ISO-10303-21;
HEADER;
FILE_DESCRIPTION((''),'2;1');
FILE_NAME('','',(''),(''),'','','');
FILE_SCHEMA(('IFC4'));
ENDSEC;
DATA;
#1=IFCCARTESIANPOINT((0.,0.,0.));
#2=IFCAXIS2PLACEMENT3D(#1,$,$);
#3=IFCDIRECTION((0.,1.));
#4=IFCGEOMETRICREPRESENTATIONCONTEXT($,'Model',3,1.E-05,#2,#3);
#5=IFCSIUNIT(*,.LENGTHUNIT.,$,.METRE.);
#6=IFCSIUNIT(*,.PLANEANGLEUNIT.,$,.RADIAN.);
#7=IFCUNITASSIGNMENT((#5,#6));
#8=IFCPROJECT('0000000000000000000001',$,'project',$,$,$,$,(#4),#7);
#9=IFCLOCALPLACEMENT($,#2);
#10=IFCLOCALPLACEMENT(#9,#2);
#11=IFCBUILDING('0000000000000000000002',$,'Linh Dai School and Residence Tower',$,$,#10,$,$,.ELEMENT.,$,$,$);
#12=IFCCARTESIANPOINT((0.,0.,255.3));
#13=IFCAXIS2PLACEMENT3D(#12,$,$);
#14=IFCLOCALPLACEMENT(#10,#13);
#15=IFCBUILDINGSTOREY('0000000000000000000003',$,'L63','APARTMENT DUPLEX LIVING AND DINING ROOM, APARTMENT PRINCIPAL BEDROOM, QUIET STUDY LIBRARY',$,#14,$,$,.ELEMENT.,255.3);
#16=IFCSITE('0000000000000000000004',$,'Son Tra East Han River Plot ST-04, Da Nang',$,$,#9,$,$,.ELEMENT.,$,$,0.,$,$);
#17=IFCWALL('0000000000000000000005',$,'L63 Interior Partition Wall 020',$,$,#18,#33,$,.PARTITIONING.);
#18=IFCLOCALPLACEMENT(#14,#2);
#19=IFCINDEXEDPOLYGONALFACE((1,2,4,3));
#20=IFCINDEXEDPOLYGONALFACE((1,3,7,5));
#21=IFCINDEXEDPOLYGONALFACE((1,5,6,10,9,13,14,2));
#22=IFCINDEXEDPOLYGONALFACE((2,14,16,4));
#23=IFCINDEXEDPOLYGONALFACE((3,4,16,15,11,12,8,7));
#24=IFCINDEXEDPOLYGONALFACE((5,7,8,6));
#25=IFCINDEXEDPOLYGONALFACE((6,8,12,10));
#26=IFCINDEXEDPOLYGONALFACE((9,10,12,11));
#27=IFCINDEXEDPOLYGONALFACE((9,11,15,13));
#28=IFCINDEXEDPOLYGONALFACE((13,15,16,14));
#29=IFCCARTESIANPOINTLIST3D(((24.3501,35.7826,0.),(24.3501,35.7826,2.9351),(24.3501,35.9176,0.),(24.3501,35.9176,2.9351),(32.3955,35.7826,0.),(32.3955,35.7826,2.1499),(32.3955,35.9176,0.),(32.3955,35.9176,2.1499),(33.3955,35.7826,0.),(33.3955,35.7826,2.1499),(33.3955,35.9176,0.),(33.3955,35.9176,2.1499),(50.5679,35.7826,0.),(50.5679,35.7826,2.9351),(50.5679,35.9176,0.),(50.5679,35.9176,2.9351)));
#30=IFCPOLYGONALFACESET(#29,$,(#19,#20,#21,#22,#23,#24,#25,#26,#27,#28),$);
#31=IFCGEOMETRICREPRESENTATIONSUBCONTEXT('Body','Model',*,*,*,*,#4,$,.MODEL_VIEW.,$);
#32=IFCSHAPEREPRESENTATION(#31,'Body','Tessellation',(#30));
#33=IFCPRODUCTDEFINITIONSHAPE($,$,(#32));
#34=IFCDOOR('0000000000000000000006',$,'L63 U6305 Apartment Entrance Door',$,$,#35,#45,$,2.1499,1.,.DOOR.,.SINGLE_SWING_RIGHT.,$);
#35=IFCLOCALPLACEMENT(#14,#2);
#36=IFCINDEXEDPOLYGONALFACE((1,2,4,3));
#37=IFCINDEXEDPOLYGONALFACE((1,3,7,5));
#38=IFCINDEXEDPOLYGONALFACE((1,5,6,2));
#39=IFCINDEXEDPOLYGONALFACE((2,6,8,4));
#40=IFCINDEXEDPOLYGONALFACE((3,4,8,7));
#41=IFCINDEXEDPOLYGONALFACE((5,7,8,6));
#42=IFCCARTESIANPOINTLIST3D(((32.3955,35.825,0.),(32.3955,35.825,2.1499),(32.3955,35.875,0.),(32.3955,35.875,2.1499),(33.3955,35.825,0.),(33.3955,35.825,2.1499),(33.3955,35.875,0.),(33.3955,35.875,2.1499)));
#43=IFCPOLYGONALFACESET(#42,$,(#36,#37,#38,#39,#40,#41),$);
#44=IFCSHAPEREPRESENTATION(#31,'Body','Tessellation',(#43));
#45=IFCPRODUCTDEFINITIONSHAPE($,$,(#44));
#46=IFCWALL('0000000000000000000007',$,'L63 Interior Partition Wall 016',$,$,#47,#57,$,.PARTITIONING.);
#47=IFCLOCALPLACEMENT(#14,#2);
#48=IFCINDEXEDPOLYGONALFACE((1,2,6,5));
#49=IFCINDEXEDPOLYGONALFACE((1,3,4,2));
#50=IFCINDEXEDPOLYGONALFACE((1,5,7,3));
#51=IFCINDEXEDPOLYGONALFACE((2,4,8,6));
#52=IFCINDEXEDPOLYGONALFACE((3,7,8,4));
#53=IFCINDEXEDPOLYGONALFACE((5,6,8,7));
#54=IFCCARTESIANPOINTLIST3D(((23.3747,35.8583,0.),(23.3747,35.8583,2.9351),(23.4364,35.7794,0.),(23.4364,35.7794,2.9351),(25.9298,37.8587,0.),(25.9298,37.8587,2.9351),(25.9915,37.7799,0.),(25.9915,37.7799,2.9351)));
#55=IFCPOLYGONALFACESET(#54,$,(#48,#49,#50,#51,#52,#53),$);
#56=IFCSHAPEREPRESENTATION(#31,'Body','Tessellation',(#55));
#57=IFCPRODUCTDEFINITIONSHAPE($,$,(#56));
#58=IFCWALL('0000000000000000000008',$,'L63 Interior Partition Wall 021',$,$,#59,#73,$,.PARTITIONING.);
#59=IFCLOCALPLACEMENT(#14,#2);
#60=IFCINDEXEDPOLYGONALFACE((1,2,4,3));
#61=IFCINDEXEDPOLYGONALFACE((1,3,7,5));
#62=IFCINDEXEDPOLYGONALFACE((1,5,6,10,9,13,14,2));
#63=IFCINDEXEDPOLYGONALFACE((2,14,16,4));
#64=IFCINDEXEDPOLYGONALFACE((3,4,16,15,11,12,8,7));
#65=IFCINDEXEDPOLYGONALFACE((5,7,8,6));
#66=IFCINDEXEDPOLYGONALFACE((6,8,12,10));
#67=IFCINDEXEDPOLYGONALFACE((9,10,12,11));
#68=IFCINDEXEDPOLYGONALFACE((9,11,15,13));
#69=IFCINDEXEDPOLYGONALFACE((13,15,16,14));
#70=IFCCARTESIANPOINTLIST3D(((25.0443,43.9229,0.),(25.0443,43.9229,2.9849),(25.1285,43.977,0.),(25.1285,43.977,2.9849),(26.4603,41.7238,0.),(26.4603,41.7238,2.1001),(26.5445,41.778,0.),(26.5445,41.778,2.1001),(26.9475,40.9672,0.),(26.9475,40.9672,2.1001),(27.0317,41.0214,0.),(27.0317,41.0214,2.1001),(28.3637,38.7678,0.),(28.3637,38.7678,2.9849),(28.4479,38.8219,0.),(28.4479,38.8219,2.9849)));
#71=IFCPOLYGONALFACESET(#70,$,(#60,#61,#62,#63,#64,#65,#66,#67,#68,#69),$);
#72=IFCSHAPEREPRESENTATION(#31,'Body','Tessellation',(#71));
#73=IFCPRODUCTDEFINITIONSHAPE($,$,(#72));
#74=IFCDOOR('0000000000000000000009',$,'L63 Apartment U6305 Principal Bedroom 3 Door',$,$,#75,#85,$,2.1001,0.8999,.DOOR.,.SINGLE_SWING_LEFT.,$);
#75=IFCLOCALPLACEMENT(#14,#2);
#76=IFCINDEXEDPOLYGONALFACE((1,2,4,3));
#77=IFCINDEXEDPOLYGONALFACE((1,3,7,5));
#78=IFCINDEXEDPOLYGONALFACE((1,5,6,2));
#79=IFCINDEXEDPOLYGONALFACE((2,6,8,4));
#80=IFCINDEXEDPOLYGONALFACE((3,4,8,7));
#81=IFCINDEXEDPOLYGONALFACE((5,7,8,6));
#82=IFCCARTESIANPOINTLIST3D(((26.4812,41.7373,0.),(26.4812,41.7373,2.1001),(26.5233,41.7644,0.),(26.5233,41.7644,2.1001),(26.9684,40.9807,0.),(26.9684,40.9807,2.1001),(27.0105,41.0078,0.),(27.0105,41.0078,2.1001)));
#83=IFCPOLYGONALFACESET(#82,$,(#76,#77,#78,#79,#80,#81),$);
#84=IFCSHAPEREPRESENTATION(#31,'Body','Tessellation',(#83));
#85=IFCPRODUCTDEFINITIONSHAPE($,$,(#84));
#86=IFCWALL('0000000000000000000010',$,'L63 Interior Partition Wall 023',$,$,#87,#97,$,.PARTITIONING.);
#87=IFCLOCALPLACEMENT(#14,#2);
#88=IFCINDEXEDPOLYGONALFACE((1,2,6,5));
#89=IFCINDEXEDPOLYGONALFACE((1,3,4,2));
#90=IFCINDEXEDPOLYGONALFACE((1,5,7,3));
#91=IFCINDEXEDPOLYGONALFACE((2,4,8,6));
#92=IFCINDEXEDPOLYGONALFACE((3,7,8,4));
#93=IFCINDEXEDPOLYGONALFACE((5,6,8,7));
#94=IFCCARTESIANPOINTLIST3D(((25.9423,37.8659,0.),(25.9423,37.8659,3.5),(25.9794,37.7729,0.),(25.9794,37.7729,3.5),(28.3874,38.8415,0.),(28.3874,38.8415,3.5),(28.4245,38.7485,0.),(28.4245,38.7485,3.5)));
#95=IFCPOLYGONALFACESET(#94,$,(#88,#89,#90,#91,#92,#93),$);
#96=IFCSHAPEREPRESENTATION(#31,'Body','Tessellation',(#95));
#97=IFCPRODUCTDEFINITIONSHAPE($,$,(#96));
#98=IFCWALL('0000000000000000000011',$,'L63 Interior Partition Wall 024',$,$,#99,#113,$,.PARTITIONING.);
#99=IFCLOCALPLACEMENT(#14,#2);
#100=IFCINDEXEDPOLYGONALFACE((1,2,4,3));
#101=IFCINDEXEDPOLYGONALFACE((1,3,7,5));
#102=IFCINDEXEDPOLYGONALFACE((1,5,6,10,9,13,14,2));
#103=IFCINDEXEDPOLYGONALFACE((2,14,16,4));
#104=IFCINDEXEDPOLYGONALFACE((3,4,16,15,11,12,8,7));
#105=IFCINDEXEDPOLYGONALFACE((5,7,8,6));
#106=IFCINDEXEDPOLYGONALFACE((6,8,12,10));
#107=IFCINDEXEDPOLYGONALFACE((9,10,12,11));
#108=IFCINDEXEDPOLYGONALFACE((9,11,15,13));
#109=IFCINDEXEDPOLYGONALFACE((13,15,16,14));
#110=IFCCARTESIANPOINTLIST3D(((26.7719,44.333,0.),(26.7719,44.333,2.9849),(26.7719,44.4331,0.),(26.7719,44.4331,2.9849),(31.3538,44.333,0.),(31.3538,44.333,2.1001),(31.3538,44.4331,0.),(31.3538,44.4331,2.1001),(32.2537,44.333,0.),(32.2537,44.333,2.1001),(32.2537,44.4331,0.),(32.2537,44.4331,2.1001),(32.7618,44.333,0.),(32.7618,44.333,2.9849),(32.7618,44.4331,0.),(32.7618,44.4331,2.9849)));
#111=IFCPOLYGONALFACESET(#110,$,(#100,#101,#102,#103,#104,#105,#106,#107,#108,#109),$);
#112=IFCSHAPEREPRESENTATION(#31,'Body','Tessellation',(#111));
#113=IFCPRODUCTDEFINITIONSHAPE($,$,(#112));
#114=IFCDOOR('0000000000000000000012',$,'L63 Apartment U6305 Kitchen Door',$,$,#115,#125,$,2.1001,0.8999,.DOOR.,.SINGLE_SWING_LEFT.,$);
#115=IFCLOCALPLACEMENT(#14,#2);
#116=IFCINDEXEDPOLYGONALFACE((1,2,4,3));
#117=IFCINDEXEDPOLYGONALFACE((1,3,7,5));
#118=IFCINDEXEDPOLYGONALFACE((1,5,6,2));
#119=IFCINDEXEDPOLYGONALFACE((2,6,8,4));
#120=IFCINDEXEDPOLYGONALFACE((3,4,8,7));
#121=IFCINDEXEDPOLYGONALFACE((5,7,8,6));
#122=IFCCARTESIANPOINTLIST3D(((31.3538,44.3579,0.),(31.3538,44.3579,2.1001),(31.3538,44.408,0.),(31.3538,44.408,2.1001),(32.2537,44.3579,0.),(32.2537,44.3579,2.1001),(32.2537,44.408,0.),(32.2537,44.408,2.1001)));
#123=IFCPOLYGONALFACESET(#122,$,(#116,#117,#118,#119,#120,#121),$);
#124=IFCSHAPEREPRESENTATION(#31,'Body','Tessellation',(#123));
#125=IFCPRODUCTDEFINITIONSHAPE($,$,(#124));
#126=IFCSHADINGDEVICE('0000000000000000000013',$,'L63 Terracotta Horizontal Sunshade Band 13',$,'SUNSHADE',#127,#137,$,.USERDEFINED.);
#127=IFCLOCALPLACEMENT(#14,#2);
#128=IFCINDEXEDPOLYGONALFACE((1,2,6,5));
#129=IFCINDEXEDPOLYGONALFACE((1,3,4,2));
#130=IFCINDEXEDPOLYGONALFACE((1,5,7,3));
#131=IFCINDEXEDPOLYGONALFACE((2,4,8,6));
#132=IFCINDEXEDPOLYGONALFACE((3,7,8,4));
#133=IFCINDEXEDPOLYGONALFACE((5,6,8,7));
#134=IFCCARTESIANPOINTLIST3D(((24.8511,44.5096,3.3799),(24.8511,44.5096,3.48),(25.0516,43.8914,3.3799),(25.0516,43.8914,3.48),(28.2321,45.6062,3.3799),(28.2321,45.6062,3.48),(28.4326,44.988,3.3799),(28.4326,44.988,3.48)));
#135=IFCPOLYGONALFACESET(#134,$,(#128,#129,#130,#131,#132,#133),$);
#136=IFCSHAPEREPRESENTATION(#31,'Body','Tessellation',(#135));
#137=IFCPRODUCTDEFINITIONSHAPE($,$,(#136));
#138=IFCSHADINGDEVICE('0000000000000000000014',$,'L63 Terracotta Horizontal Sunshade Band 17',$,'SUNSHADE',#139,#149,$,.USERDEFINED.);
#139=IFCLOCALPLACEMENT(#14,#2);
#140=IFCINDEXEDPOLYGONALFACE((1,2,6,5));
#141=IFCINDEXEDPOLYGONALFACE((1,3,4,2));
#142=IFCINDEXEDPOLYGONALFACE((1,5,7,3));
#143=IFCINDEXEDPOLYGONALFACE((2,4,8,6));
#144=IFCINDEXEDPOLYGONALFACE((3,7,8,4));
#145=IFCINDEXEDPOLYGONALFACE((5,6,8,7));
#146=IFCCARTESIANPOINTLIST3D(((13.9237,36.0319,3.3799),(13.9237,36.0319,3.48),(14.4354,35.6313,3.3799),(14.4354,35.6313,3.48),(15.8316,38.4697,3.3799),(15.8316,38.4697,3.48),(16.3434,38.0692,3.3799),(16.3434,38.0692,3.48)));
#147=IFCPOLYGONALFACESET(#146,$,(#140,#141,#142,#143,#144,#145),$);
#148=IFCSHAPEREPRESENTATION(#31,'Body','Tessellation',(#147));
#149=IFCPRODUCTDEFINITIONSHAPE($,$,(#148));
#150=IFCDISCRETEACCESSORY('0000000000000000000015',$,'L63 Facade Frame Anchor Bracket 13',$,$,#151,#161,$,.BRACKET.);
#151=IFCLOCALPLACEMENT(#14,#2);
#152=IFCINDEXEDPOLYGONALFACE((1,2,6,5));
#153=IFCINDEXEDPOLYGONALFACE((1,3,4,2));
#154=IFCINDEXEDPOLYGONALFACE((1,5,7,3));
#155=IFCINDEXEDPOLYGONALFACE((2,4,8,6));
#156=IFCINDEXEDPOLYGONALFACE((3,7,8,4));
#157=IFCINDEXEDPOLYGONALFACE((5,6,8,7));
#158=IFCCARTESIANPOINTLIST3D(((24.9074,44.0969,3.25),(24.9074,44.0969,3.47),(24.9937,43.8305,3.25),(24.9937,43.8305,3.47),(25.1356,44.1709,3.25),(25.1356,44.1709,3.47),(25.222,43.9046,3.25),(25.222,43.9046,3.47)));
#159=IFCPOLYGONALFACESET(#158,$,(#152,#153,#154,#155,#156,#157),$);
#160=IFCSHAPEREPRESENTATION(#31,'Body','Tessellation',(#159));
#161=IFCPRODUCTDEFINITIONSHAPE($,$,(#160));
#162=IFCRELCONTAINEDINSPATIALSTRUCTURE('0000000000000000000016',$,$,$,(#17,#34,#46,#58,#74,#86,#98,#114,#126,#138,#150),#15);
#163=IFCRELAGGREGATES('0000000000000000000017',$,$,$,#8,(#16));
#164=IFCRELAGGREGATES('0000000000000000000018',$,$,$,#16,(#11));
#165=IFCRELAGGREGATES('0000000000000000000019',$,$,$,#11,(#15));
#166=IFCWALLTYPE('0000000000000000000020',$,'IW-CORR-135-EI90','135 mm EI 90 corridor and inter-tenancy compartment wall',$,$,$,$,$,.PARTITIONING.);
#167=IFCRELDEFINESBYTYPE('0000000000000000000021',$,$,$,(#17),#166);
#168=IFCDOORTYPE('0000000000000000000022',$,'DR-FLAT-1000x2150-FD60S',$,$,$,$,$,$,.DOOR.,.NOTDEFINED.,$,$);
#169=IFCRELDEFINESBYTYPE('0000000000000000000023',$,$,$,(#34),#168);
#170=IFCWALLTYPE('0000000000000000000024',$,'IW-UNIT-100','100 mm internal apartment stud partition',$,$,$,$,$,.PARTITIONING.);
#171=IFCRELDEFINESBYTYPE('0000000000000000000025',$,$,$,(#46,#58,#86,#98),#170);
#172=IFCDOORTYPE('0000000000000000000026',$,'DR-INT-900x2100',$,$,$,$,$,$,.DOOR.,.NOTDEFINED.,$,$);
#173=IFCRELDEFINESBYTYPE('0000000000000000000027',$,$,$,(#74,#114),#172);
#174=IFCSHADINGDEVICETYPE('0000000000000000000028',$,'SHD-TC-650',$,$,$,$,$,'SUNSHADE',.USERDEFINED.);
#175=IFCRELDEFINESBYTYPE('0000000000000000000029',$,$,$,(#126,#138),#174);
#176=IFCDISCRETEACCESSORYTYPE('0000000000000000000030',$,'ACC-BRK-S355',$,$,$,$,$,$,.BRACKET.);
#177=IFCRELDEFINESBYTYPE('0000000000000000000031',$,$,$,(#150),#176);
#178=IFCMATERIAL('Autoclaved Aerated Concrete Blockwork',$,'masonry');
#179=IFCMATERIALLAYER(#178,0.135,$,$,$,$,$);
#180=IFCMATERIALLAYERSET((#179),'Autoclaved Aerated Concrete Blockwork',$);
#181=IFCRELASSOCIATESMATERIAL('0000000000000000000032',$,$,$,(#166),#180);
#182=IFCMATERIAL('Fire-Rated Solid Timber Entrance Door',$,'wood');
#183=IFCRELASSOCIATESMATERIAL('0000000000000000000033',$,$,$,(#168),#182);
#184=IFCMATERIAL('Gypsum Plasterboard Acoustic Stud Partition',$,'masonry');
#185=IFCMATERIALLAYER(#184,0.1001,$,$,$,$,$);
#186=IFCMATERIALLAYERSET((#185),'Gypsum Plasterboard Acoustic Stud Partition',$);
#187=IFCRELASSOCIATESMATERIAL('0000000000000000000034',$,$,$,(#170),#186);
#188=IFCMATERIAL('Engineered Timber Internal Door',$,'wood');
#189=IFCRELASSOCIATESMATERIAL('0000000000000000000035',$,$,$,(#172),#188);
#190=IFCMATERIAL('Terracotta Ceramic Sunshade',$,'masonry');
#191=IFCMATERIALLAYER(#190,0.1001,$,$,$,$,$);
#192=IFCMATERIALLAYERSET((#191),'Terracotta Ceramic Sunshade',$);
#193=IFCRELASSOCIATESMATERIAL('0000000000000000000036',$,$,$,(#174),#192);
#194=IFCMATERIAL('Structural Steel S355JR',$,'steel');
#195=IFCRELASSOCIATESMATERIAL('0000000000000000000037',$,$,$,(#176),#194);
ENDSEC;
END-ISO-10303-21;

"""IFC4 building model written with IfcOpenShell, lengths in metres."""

from ifc_helpers import new_model, si_unit, direction, frame, frame_2d, origin, origin_2d, place, context, subcontext, project, spatial, rectangle, extrude, source, transform, mapped, material, layer, layer_set, type_object, element, fill, save


model = new_model("IFC4")

# Units and contexts
model_context = context("Model", 3, precision=1e-05, world=origin(), true_north=direction((0.0, 1.0)))
body_context = subcontext(model_context, "Body", "Model", "MODEL_VIEW")
ifc_project = project(units=[si_unit("LENGTHUNIT", "METRE"), si_unit("PLANEANGLEUNIT", "RADIAN")], contexts=[model_context])

# Site, building, storey
site_placement = place(None, origin())
site = spatial("IfcSite", under=ifc_project, at=site_placement, Name="Son Tra East Han River Plot ST-04, Da Nang", CompositionType="ELEMENT", RefElevation=0.0)
building_placement = place(site_placement, origin())
building = spatial("IfcBuilding", under=site, at=building_placement, Name="Linh Dai School and Residence Tower", CompositionType="ELEMENT")
storey_placement = place(building_placement, frame((0.0, 0.0, 255.3)))
storey = spatial("IfcBuildingStorey", under=building, at=storey_placement, Name="L63", Description="APARTMENT DUPLEX LIVING AND DINING ROOM, APARTMENT PRINCIPAL BEDROOM, QUIET STUDY LIBRARY", CompositionType="ELEMENT", Elevation=255.3)

# Shared definitions
ifc_material_1 = material(Name="Structural Steel S355JR", Category="steel")

# Shared definitions
ifc_material_2 = material(Name="Autoclaved Aerated Concrete Blockwork", Category="masonry")
ifc_layer_1 = layer(ifc_material_2, 0.135)
ifc_layer_set_1 = layer_set([ifc_layer_1], Name="Autoclaved Aerated Concrete Blockwork")
wall_type_1 = type_object("IfcWallType", Name="IW-CORR-135-EI90", Description="135 mm EI 90 corridor and inter-tenancy compartment wall", PredefinedType="PARTITIONING", material=ifc_layer_set_1)

# Wall, opening, door
wall_1_placement = place(storey_placement, frame((24.3501, 35.8501, 0.0), z_axis=(0.0, 0.0, 1.0), x_axis=(1.0, 0.0, 0.0)))
wall_1 = element("IfcWall", 1, at=wall_1_placement, inside=storey, type_object=wall_type_1, Name="L63 Interior Partition Wall 020", PredefinedType="PARTITIONING", context=body_context, shape_type="SweptSolid", body=[
    extrude(rectangle(XDim=26.2178, YDim=0.135, at=frame_2d((13.1089, 0.0))), origin(), (0.0, 0.0, 1.0), 2.9351),
])
opening_1_placement = place(wall_1_placement, frame((8.0454, 0.0, 0.0)))
opening_1 = element("IfcOpeningElement", 2, at=opening_1_placement, cuts=wall_1, PredefinedType="OPENING", context=body_context, shape_type="SweptSolid", body=[
    extrude(rectangle(XDim=1.0, YDim=2.1499, at=origin_2d()), frame((0.5, 0.0776, 1.075), z_axis=(0.0, -1.0, 0.0), x_axis=(1.0, 0.0, 0.0)), (0.0, 0.0, 1.0), 0.155),
])
ifc_material_3 = material(Name="Fire-Rated Solid Timber Entrance Door", Category="wood")
door_type_1 = type_object("IfcDoorType", Name="DR-FLAT-1000x2150-FD60S", OperationType="NOTDEFINED", PredefinedType="DOOR", material=ifc_material_3)
shared_shape_1 = source(origin(), body_context, "Body", "SweptSolid", [
    extrude(rectangle(XDim=1.0, YDim=2.1499, at=origin_2d()), frame((0.5, 0.0249, 1.075), z_axis=(0.0, -1.0, 0.0), x_axis=(1.0, 0.0, 0.0)), (0.0, 0.0, 1.0), 0.05),
])
door_1_placement = place(opening_1_placement, origin())
door_1 = element("IfcDoor", 3, at=door_1_placement, inside=storey, type_object=door_type_1, Name="L63 U6305 Apartment Entrance Door", OperationType="SINGLE_SWING_RIGHT", OverallHeight=2.1499, OverallWidth=1.0, PredefinedType="DOOR", context=body_context, shape_type="MappedRepresentation", body=[
    mapped(shared_shape_1, transform((0.0, 0.0, 0.0), x_axis=(1.0, 0.0, 0.0), y_axis=(0.0, 1.0, 0.0), z_axis=(0.0, 0.0, 1.0), scale=1.0)),
])
fill(opening_1, door_1)

# Wall
ifc_material_4 = material(Name="Gypsum Plasterboard Acoustic Stud Partition", Category="masonry")
ifc_layer_2 = layer(ifc_material_4, 0.1001)
ifc_layer_set_2 = layer_set([ifc_layer_2], Name="Gypsum Plasterboard Acoustic Stud Partition")
wall_type_2 = type_object("IfcWallType", Name="IW-UNIT-100", Description="100 mm internal apartment stud partition", PredefinedType="PARTITIONING", material=ifc_layer_set_2)
wall_2_placement = place(storey_placement, frame((23.4055, 35.8188, 0.0), z_axis=(0.0, 0.0, 1.0), x_axis=(0.787388, 0.616458, 0.0)))
element("IfcWall", 4, at=wall_2_placement, inside=storey, type_object=wall_type_2, Name="L63 Interior Partition Wall 016", PredefinedType="PARTITIONING", context=body_context, shape_type="SweptSolid", body=[
    extrude(rectangle(XDim=3.2451, YDim=0.1001, at=frame_2d((1.6226, 0.0))), origin(), (0.0, 0.0, 1.0), 2.9351),
])

# Wall, opening, door
wall_3_placement = place(storey_placement, frame((25.0864, 43.95, 0.0), z_axis=(0.0, 0.0, 1.0), x_axis=(0.541379, -0.840778, 0.0)))
wall_3 = element("IfcWall", 5, at=wall_3_placement, inside=storey, type_object=wall_type_2, Name="L63 Interior Partition Wall 021", PredefinedType="PARTITIONING", context=body_context, shape_type="SweptSolid", body=[
    extrude(rectangle(XDim=6.1313, YDim=0.1001, at=frame_2d((3.0657, 0.0))), origin(), (0.0, 0.0, 1.0), 2.9849),
])
opening_2_placement = place(wall_3_placement, frame((2.6155, 0.0, 0.0)))
opening_2 = element("IfcOpeningElement", 6, at=opening_2_placement, cuts=wall_3, PredefinedType="OPENING", context=body_context, shape_type="SweptSolid", body=[
    extrude(rectangle(XDim=0.8999, YDim=2.1001, at=origin_2d()), frame((0.45, 0.0601, 1.05), z_axis=(0.0, -1.0, 0.0), x_axis=(1.0, 0.0, 0.0)), (0.0, 0.0, 1.0), 0.1201),
])
ifc_material_5 = material(Name="Engineered Timber Internal Door", Category="wood")
door_type_2 = type_object("IfcDoorType", Name="DR-INT-900x2100", OperationType="NOTDEFINED", PredefinedType="DOOR", material=ifc_material_5)
shared_shape_2 = source(origin(), body_context, "Body", "SweptSolid", [
    extrude(rectangle(XDim=0.8999, YDim=2.1001, at=origin_2d()), frame((0.45, 0.0249, 1.05), z_axis=(0.0, -1.0, 0.0), x_axis=(1.0, 0.0, 0.0)), (0.0, 0.0, 1.0), 0.05),
])
door_2_placement = place(opening_2_placement, origin())
door_2 = element("IfcDoor", 7, at=door_2_placement, inside=storey, type_object=door_type_2, Name="L63 Apartment U6305 Principal Bedroom 3 Door", OperationType="SINGLE_SWING_LEFT", OverallHeight=2.1001, OverallWidth=0.8999, PredefinedType="DOOR", context=body_context, shape_type="MappedRepresentation", body=[
    mapped(shared_shape_2, transform((0.0, 0.0, 0.0), x_axis=(1.0, 0.0, 0.0), y_axis=(0.0, 1.0, 0.0), z_axis=(0.0, 0.0, 1.0), scale=1.0)),
])
fill(opening_2, door_2)

# Wall
wall_4_placement = place(storey_placement, frame((25.9607, 37.8193, 0.0), z_axis=(0.0, 0.0, 1.0), x_axis=(0.928796, 0.370591, 0.0)))
element("IfcWall", 8, at=wall_4_placement, inside=storey, type_object=wall_type_2, Name="L63 Interior Partition Wall 023", PredefinedType="PARTITIONING", context=body_context, shape_type="SweptSolid", body=[
    extrude(rectangle(XDim=2.6326, YDim=0.1001, at=frame_2d((1.3164, 0.0))), origin(), (0.0, 0.0, 1.0), 3.5),
])

# Wall, opening, door
wall_5_placement = place(storey_placement, frame((26.7717, 44.3831, 0.0), z_axis=(0.0, 0.0, 1.0), x_axis=(1.0, 0.0, 0.0)))
wall_5 = element("IfcWall", 9, at=wall_5_placement, inside=storey, type_object=wall_type_2, Name="L63 Interior Partition Wall 024", PredefinedType="PARTITIONING", context=body_context, shape_type="SweptSolid", body=[
    extrude(rectangle(XDim=5.99, YDim=0.1001, at=frame_2d((2.9951, 0.0))), origin(), (0.0, 0.0, 1.0), 2.9849),
])
opening_3_placement = place(wall_5_placement, frame((4.582, 0.0, 0.0)))
opening_3 = element("IfcOpeningElement", 10, at=opening_3_placement, cuts=wall_5, PredefinedType="OPENING", context=body_context, shape_type="SweptSolid", body=[
    extrude(rectangle(XDim=0.8999, YDim=2.1001, at=origin_2d()), frame((0.45, 0.0601, 1.05), z_axis=(0.0, -1.0, 0.0), x_axis=(1.0, 0.0, 0.0)), (0.0, 0.0, 1.0), 0.1201),
])
door_3_placement = place(opening_3_placement, origin())
door_3 = element("IfcDoor", 11, at=door_3_placement, inside=storey, type_object=door_type_2, Name="L63 Apartment U6305 Kitchen Door", OperationType="SINGLE_SWING_LEFT", OverallHeight=2.1001, OverallWidth=0.8999, PredefinedType="DOOR", context=body_context, shape_type="MappedRepresentation", body=[
    mapped(shared_shape_2, transform((0.0, 0.0, 0.0), x_axis=(1.0, 0.0, 0.0), y_axis=(0.0, 1.0, 0.0), z_axis=(0.0, 0.0, 1.0), scale=1.0)),
])
fill(opening_3, door_3)

# Shading devices
ifc_material_6 = material(Name="Terracotta Ceramic Sunshade", Category="masonry")
ifc_layer_3 = layer(ifc_material_6, 0.1001)
ifc_layer_set_3 = layer_set([ifc_layer_3], Name="Terracotta Ceramic Sunshade")
shading_device_type = type_object("IfcShadingDeviceType", Name="SHD-TC-650", ElementType="SUNSHADE", PredefinedType="USERDEFINED", material=ifc_layer_set_3)
shared_shape_3 = source(origin(), body_context, "Body", "SweptSolid", [
    extrude(rectangle(XDim=3.5544, YDim=0.6499, at=origin_2d()), origin(), (0.0, 0.0, 1.0), 0.1001),
])
shading_device_1_placement = place(storey_placement, frame((26.6418, 44.7488, 3.3799), z_axis=(0.0, 0.0, 1.0), x_axis=(0.951224, 0.308501, 0.0)))
element("IfcShadingDevice", 12, at=shading_device_1_placement, inside=storey, type_object=shading_device_type, Name="L63 Terracotta Horizontal Sunshade Band 13", ObjectType="SUNSHADE", PredefinedType="USERDEFINED", context=body_context, shape_type="MappedRepresentation", body=[
    mapped(shared_shape_3, transform((0.0, 0.0, 0.0), x_axis=(1.0, 0.0, 0.0), y_axis=(0.0, 1.0, 0.0), z_axis=(0.0, 0.0, 1.0), scale=1.0)),
])
shared_shape_4 = source(origin(), body_context, "Body", "SweptSolid", [
    extrude(rectangle(XDim=3.0957, YDim=0.6499, at=origin_2d()), origin(), (0.0, 0.0, 1.0), 0.1001),
])
shading_device_2_placement = place(storey_placement, frame((15.1335, 37.0505, 3.3799), z_axis=(0.0, 0.0, 1.0), x_axis=(0.616332, 0.787487, 0.0)))
element("IfcShadingDevice", 13, at=shading_device_2_placement, inside=storey, type_object=shading_device_type, Name="L63 Terracotta Horizontal Sunshade Band 17", ObjectType="SUNSHADE", PredefinedType="USERDEFINED", context=body_context, shape_type="MappedRepresentation", body=[
    mapped(shared_shape_4, transform((0.0, 0.0, 0.0), x_axis=(1.0, 0.0, 0.0), y_axis=(0.0, 1.0, 0.0), z_axis=(0.0, 0.0, 1.0), scale=1.0)),
])

# Discrete accessory
discrete_accessory_type = type_object("IfcDiscreteAccessoryType", Name="ACC-BRK-S355", PredefinedType="BRACKET", material=ifc_material_1)
shared_shape_5 = source(origin(), body_context, "Body", "SweptSolid", [
    extrude(rectangle(XDim=0.28, YDim=0.24, at=origin_2d()), origin(), (0.0, 0.0, 1.0), 0.22),
])
for number, where, z_axis, x_axis, name in (
    (14, (25.0647, 44.0007, 3.25), (0.0, 0.0, 1.0), (-0.308501, 0.951224, 0.0), "L63 Facade Frame Anchor Bracket 13"),
):
    element("IfcDiscreteAccessory", number, at=place(storey_placement, frame(where, z_axis=z_axis, x_axis=x_axis)), inside=storey, type_object=discrete_accessory_type, Name=name, PredefinedType="BRACKET", context=body_context, shape_type="MappedRepresentation", body=[
        mapped(shared_shape_5, transform((0.0, 0.0, 0.0), x_axis=(1.0, 0.0, 0.0), y_axis=(0.0, 1.0, 0.0), z_axis=(0.0, 0.0, 1.0), scale=1.0)),
    ])

save(model, "model.ifc")
